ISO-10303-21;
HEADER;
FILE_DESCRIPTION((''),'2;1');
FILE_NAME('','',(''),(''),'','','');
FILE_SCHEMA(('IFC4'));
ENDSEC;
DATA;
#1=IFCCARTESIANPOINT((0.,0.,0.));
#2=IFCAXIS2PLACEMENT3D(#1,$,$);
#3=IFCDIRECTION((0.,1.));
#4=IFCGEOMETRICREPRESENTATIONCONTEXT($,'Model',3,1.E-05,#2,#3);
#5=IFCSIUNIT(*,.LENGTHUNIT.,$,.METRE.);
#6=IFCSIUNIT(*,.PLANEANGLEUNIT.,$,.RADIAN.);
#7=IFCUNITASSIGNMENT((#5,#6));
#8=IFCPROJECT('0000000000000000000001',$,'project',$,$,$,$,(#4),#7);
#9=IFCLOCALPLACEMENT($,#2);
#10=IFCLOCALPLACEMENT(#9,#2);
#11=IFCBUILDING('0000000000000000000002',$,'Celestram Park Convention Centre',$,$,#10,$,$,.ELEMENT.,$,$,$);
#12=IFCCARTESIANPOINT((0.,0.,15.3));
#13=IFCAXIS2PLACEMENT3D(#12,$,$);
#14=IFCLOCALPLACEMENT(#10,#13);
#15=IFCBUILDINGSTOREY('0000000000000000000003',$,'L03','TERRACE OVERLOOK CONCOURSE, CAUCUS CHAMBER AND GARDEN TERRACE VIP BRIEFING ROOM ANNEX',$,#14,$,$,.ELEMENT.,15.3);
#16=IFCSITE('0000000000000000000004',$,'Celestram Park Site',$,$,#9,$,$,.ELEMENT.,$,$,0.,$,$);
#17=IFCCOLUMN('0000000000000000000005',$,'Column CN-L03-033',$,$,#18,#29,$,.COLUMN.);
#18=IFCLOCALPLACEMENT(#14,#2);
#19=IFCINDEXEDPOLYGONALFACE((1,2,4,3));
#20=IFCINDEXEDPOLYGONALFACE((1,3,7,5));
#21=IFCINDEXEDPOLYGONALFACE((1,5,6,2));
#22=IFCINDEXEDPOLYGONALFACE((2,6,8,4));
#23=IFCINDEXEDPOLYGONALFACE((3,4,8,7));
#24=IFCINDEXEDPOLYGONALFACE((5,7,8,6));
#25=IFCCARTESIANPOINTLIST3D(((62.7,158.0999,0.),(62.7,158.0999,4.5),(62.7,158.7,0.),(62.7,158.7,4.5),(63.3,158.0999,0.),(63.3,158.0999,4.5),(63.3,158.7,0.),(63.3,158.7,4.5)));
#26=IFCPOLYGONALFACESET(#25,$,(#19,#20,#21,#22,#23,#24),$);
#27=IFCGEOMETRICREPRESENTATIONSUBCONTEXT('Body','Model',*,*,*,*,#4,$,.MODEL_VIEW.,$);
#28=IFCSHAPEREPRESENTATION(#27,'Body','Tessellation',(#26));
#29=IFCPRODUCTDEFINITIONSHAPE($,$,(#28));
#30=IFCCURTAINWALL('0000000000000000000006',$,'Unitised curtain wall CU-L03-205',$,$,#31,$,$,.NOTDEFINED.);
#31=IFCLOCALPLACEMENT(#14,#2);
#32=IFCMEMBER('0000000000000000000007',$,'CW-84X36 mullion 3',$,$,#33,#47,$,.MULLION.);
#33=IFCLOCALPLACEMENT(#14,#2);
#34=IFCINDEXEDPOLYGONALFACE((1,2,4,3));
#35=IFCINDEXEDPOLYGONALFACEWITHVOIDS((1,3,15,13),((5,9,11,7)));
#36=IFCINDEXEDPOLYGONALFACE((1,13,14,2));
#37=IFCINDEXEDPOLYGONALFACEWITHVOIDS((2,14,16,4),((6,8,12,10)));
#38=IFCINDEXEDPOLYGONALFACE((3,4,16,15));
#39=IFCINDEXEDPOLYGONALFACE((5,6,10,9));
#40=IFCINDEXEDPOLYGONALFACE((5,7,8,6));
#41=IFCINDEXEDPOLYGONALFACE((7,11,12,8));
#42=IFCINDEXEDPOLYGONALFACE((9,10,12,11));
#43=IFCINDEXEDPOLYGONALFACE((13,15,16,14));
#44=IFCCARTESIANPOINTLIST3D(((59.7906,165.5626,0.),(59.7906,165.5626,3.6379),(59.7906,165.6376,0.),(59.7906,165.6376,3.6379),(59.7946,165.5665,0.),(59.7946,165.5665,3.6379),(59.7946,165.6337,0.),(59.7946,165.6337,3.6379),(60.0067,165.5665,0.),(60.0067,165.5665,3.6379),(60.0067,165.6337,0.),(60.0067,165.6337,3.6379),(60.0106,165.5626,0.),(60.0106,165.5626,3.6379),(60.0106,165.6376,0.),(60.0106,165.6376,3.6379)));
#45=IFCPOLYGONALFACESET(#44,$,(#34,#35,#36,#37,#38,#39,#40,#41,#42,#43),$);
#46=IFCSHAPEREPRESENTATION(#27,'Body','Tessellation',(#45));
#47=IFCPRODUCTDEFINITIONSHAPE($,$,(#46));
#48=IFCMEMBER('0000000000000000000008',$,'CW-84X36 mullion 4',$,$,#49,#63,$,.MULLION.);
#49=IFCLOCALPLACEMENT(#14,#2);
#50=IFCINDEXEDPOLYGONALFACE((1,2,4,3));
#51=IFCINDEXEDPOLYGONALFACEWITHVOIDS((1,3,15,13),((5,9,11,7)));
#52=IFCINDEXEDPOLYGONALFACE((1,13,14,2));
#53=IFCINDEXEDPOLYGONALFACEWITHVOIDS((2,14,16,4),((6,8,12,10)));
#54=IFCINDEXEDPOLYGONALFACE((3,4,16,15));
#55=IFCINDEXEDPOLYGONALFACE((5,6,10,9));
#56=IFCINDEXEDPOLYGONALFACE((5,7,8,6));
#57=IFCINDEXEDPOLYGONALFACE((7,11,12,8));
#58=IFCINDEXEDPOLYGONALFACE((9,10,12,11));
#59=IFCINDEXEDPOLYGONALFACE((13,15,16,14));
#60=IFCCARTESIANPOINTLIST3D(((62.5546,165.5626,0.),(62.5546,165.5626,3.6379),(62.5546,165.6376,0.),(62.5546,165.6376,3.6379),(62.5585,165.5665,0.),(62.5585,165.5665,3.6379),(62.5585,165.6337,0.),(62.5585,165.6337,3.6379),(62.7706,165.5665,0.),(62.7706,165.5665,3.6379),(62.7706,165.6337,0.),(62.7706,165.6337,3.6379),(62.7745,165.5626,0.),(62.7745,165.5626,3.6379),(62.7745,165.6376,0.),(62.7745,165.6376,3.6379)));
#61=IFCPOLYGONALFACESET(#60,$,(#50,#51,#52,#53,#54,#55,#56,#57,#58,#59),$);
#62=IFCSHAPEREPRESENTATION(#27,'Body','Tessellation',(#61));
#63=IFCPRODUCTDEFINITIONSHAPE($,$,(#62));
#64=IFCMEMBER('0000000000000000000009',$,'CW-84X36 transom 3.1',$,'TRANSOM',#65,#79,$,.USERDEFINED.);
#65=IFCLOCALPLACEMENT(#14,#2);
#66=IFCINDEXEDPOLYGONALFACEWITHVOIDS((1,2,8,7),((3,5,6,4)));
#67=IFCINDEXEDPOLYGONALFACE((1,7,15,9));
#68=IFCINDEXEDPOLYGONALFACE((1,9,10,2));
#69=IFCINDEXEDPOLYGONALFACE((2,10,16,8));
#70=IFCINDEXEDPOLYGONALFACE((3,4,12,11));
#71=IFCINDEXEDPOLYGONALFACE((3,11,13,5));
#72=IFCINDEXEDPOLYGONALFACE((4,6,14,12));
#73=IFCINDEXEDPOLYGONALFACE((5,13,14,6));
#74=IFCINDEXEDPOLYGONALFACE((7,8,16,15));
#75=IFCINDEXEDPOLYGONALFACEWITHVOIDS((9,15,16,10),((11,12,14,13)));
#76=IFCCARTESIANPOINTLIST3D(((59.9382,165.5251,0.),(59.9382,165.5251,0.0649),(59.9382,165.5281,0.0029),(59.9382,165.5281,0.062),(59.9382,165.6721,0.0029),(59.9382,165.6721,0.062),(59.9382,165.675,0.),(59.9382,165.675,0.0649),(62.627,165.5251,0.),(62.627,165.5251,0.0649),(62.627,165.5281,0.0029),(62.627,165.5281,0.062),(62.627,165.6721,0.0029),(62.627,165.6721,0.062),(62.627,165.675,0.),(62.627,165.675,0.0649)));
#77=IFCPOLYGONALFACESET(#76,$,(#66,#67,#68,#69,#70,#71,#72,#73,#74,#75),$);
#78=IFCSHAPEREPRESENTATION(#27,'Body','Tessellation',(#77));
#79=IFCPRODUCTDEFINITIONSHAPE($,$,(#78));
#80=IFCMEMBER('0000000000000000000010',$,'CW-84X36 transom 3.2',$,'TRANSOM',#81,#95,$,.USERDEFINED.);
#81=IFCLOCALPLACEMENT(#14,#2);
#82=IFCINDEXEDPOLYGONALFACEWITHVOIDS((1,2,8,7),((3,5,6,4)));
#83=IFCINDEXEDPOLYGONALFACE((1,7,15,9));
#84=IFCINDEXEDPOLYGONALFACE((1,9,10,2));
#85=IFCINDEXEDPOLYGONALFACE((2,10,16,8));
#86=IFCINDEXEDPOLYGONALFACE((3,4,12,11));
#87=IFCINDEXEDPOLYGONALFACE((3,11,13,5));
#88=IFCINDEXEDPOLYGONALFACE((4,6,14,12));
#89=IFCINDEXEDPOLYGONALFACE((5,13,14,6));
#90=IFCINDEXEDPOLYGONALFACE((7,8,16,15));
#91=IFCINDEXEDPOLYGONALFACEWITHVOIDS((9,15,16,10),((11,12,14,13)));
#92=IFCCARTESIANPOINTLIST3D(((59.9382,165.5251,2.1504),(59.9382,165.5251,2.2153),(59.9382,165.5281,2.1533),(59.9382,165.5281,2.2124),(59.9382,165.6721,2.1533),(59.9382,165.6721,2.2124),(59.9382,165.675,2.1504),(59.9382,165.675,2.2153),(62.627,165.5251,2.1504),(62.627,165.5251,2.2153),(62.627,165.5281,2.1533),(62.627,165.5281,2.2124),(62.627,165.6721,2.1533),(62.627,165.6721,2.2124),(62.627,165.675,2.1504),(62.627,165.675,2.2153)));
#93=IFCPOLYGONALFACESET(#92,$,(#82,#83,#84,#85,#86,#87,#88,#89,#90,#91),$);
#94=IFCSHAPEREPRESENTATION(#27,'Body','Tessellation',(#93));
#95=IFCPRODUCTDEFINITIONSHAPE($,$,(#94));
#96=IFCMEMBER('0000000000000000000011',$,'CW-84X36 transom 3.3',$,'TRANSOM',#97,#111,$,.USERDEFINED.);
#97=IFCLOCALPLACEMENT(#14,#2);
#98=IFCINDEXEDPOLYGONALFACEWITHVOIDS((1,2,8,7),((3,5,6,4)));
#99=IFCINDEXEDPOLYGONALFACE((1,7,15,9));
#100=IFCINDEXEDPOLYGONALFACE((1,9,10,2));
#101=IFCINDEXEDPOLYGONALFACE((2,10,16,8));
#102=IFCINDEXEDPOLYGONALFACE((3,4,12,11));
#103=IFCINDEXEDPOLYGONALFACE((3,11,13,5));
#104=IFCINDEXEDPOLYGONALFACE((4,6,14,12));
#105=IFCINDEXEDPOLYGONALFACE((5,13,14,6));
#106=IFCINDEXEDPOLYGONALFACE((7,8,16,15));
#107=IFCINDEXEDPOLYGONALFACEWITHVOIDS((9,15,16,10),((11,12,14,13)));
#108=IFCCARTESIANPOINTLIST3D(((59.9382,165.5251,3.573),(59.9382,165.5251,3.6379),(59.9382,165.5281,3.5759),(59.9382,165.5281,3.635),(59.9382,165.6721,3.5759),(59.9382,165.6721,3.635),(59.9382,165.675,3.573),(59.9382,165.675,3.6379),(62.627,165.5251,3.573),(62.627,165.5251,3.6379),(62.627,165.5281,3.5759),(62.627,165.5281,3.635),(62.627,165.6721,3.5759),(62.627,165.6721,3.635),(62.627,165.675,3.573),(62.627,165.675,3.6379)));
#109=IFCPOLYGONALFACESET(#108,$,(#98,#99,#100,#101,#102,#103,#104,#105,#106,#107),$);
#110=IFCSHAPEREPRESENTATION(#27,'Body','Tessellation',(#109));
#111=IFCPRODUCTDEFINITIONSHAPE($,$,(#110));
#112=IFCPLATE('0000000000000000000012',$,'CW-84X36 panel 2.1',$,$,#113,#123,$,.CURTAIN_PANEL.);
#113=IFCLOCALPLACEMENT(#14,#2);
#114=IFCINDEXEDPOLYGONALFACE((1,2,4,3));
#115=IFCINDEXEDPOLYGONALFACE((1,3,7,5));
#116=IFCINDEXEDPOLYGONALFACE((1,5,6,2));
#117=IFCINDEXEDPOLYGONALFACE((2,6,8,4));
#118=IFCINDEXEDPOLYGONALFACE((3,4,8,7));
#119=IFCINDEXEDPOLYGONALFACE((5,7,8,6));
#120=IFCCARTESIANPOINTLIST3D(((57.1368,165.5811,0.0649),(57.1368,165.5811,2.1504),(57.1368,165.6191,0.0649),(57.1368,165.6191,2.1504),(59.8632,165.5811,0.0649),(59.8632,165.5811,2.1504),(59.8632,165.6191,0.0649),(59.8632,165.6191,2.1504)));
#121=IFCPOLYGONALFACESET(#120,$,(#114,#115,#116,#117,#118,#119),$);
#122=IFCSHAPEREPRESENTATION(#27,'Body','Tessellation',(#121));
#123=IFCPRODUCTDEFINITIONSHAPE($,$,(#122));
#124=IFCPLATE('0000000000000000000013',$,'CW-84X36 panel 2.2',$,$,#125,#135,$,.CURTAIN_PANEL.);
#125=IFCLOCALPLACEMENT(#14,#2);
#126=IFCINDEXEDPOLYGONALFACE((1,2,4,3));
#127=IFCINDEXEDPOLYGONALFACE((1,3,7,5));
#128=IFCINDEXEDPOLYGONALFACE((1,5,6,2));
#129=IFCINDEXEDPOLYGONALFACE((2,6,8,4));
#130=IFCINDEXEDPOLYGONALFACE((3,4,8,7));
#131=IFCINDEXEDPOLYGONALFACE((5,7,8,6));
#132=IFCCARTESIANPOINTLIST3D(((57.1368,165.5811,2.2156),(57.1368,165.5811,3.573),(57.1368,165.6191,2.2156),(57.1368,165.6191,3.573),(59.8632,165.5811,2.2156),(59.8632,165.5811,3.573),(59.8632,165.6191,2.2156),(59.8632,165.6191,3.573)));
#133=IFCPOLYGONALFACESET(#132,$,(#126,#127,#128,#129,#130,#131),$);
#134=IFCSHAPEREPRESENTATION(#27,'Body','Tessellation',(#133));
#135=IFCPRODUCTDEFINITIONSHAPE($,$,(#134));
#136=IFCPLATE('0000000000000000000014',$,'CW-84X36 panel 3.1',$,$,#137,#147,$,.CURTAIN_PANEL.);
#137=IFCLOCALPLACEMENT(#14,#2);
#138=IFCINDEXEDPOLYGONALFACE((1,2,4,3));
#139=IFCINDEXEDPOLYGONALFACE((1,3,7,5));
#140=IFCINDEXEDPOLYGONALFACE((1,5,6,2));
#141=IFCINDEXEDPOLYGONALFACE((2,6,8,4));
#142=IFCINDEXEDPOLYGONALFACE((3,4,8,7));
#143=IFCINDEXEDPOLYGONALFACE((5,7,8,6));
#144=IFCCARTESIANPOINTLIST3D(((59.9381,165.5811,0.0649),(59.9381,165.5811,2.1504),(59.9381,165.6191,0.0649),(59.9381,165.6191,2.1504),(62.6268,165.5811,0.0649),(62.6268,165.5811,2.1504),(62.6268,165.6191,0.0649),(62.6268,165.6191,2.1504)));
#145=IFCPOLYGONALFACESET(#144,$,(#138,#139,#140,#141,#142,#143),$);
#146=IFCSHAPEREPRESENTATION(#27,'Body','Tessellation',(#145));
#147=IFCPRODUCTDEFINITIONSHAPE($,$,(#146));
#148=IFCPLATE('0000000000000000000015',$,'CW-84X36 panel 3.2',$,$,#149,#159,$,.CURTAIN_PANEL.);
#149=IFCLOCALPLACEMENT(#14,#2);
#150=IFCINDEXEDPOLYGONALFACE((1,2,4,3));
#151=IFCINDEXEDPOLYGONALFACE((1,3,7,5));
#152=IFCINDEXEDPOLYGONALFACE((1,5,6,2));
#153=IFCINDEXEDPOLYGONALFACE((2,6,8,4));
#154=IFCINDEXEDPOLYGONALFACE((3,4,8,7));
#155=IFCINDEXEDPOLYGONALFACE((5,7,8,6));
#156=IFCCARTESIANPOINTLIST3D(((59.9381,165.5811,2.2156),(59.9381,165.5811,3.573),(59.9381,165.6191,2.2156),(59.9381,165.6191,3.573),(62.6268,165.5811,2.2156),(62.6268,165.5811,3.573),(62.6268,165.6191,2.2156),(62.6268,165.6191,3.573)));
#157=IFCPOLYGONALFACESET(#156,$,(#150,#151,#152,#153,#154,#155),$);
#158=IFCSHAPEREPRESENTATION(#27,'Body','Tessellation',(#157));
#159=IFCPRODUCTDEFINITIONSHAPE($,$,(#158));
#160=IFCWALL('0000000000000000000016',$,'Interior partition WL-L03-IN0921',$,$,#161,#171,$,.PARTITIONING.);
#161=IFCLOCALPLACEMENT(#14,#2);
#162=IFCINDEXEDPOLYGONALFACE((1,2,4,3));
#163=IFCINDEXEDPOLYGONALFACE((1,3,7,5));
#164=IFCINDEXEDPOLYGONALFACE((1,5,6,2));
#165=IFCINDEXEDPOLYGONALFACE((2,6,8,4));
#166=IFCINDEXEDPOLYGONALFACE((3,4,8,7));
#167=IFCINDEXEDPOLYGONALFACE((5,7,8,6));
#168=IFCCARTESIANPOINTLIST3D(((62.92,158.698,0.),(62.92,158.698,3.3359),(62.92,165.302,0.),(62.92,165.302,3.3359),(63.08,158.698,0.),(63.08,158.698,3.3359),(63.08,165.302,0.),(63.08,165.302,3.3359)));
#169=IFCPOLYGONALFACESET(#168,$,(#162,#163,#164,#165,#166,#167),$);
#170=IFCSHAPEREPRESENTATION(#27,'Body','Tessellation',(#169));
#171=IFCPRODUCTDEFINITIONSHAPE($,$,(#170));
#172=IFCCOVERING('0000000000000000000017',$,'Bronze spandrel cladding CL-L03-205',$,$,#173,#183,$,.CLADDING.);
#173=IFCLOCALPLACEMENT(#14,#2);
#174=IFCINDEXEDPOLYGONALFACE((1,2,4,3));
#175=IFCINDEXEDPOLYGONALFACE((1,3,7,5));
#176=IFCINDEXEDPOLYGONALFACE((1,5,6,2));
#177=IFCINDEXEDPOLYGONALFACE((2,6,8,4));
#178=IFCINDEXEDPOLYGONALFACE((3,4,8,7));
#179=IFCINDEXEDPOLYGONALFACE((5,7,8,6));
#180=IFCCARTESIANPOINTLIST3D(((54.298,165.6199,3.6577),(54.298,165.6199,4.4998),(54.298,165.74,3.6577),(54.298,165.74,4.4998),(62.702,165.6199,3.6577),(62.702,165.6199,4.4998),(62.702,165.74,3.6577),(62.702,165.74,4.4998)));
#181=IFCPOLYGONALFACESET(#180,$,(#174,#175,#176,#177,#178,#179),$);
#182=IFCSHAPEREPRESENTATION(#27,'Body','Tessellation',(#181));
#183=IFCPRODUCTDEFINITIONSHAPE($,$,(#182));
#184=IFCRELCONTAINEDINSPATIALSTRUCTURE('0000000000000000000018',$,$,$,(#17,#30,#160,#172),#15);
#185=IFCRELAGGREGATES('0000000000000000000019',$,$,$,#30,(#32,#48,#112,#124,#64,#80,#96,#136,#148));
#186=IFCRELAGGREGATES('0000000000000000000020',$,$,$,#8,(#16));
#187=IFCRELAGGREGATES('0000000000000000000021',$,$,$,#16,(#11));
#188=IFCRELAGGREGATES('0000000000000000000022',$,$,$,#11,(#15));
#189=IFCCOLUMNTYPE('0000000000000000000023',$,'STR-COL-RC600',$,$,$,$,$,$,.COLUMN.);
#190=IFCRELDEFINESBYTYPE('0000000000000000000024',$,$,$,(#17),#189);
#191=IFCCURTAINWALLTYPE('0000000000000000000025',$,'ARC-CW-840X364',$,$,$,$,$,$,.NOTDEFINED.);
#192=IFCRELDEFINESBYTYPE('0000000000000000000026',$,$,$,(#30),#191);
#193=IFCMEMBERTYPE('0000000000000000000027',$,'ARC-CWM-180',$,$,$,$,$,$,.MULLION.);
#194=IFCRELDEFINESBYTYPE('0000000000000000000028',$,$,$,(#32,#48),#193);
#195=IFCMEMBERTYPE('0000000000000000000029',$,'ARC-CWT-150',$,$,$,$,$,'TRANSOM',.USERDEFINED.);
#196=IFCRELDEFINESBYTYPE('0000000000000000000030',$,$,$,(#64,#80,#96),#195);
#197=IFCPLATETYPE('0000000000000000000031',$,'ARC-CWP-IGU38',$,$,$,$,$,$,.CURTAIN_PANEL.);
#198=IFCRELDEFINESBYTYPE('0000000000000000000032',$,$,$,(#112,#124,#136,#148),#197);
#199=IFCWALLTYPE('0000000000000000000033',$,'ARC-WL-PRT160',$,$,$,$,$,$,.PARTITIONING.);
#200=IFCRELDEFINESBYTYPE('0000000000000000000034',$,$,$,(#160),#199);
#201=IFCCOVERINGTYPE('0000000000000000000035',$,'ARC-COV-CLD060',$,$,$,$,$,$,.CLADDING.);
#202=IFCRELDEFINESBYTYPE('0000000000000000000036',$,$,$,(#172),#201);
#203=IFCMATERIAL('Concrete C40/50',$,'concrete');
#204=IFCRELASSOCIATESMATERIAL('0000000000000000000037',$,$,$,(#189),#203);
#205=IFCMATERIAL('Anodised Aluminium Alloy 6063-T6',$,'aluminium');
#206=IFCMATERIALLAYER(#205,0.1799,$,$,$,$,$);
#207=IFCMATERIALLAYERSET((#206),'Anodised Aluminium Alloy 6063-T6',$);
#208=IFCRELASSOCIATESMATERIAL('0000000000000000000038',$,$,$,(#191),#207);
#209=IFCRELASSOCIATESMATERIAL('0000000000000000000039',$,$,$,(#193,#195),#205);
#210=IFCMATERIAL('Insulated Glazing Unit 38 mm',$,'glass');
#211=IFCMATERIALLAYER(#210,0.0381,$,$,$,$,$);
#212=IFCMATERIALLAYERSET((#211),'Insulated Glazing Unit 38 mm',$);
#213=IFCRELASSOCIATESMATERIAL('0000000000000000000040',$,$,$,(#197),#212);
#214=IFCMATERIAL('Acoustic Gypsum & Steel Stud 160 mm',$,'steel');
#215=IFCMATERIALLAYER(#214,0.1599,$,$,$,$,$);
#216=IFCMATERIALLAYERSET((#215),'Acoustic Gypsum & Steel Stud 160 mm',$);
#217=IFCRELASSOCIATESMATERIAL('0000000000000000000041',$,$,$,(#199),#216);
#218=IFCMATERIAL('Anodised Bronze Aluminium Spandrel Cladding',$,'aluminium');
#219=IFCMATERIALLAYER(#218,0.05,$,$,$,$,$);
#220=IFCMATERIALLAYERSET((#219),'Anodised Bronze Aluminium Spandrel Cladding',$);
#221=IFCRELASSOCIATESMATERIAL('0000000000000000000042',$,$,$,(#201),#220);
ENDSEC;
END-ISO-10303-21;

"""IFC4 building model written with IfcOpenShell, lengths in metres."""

from ifc_helpers import new_model, si_unit, direction, frame, frame_2d, origin, origin_2d, place, context, subcontext, project, spatial, rectangle, hollow_rectangle, extrude, material, layer, layer_set, material_profile, profile_set, type_object, element, aggregate, save


model = new_model("IFC4")

# Units and contexts
model_context = context("Model", 3, precision=1e-05, world=origin(), true_north=direction((0.0, 1.0)))
body_context = subcontext(model_context, "Body", "Model", "MODEL_VIEW")
ifc_project = project(units=[si_unit("LENGTHUNIT", "METRE"), si_unit("PLANEANGLEUNIT", "RADIAN")], contexts=[model_context])

# Site, building, storey
site_placement = place(None, origin())
site = spatial("IfcSite", under=ifc_project, at=site_placement, Name="Celestram Park Site", CompositionType="ELEMENT", RefElevation=0.0)
building_placement = place(site_placement, origin())
building = spatial("IfcBuilding", under=site, at=building_placement, Name="Celestram Park Convention Centre", CompositionType="ELEMENT")
storey_placement = place(building_placement, frame((0.0, 0.0, 15.3)))
storey = spatial("IfcBuildingStorey", under=building, at=storey_placement, Name="L03", Description="TERRACE OVERLOOK CONCOURSE, CAUCUS CHAMBER AND GARDEN TERRACE VIP BRIEFING ROOM ANNEX", CompositionType="ELEMENT", Elevation=15.3)

# Column
ifc_material_1 = material(Name="Concrete C40/50", Category="concrete")
ifc_material_profile_1 = material_profile(ifc_material_1, rectangle(XDim=0.6001, YDim=0.6001, at=origin_2d()), Name="RC600X600")
ifc_profile_set_1 = profile_set([ifc_material_profile_1], Name="Concrete C40/50")
column_type = type_object("IfcColumnType", Name="STR-COL-RC600", PredefinedType="COLUMN", material=ifc_profile_set_1)
column_placement = place(storey_placement, frame((63.0, 158.3999, 0.0), z_axis=(0.0, 0.0, 1.0), x_axis=(1.0, 0.0, 0.0)))
element("IfcColumn", 1, at=column_placement, inside=storey, type_object=column_type, Name="Column CN-L03-033", PredefinedType="COLUMN", context=body_context, shape_type="SweptSolid", body=[
    extrude(rectangle(XDim=0.6001, YDim=0.6001, at=origin_2d()), origin(), (0.0, 0.0, 1.0), 4.5),
])

# Curtain wall, members, plates
ifc_material_2 = material(Name="Anodised Aluminium Alloy 6063-T6", Category="aluminium")
ifc_layer_1 = layer(ifc_material_2, 0.1799)
ifc_layer_set_1 = layer_set([ifc_layer_1], Name="Anodised Aluminium Alloy 6063-T6")
curtain_wall_type = type_object("IfcCurtainWallType", Name="ARC-CW-840X364", PredefinedType="NOTDEFINED", material=ifc_layer_set_1)
curtain_wall_placement = place(storey_placement, origin())
curtain_wall = element("IfcCurtainWall", 2, at=curtain_wall_placement, inside=storey, type_object=curtain_wall_type, Name="Unitised curtain wall CU-L03-205", PredefinedType="NOTDEFINED")
ifc_material_profile_2 = material_profile(ifc_material_2, hollow_rectangle(XDim=0.075, YDim=0.22, WallThickness=0.0039, at=origin_2d()), Name="ALU75X220X4")
ifc_profile_set_2 = profile_set([ifc_material_profile_2], Name="Anodised Aluminium Alloy 6063-T6")
member_type_1 = type_object("IfcMemberType", Name="ARC-CWM-180", PredefinedType="MULLION", material=ifc_profile_set_2)
member_1_placement = place(storey_placement, frame((59.9006, 165.6001, 0.0), z_axis=(0.0, 0.0, 1.0), x_axis=(0.0, 1.0, 0.0)))
member_1 = element("IfcMember", 3, at=member_1_placement, type_object=member_type_1, Name="CW-84X36 mullion 3", PredefinedType="MULLION", context=body_context, shape_type="SweptSolid", body=[
    extrude(hollow_rectangle(XDim=0.075, YDim=0.22, WallThickness=0.0039, at=origin_2d()), origin(), (0.0, 0.0, 1.0), 3.6379),
])
member_2_placement = place(storey_placement, frame((62.6646, 165.6001, 0.0), z_axis=(0.0, 0.0, 1.0), x_axis=(0.0, 1.0, 0.0)))
member_2 = element("IfcMember", 4, at=member_2_placement, type_object=member_type_1, Name="CW-84X36 mullion 4", PredefinedType="MULLION", context=body_context, shape_type="SweptSolid", body=[
    extrude(hollow_rectangle(XDim=0.075, YDim=0.22, WallThickness=0.0039, at=origin_2d()), origin(), (0.0, 0.0, 1.0), 3.6379),
])
ifc_material_profile_3 = material_profile(ifc_material_2, hollow_rectangle(XDim=0.1499, YDim=0.0649, WallThickness=0.0029, at=origin_2d()), Name="ALU150X65X3")
ifc_profile_set_3 = profile_set([ifc_material_profile_3], Name="Anodised Aluminium Alloy 6063-T6")
member_type_2 = type_object("IfcMemberType", Name="ARC-CWT-150", ElementType="TRANSOM", PredefinedType="USERDEFINED", material=ifc_profile_set_3)
member_3_placement = place(storey_placement, frame((59.9382, 165.6001, 0.0325), z_axis=(1.0, 0.0, 0.0), x_axis=(0.0, 1.0, 0.0)))
member_3 = element("IfcMember", 5, at=member_3_placement, type_object=member_type_2, Name="CW-84X36 transom 3.1", ObjectType="TRANSOM", PredefinedType="USERDEFINED", context=body_context, shape_type="SweptSolid", body=[
    extrude(hollow_rectangle(XDim=0.1499, YDim=0.0649, WallThickness=0.0029, at=origin_2d()), origin(), (0.0, 0.0, 1.0), 2.6887),
])
member_4_placement = place(storey_placement, frame((59.9382, 165.6001, 2.1829), z_axis=(1.0, 0.0, 0.0), x_axis=(0.0, 1.0, 0.0)))
member_4 = element("IfcMember", 6, at=member_4_placement, type_object=member_type_2, Name="CW-84X36 transom 3.2", ObjectType="TRANSOM", PredefinedType="USERDEFINED", context=body_context, shape_type="SweptSolid", body=[
    extrude(hollow_rectangle(XDim=0.1499, YDim=0.0649, WallThickness=0.0029, at=origin_2d()), origin(), (0.0, 0.0, 1.0), 2.6887),
])
member_5_placement = place(storey_placement, frame((59.9382, 165.6001, 3.6055), z_axis=(1.0, 0.0, 0.0), x_axis=(0.0, 1.0, 0.0)))
member_5 = element("IfcMember", 7, at=member_5_placement, type_object=member_type_2, Name="CW-84X36 transom 3.3", ObjectType="TRANSOM", PredefinedType="USERDEFINED", context=body_context, shape_type="SweptSolid", body=[
    extrude(hollow_rectangle(XDim=0.1499, YDim=0.0649, WallThickness=0.0029, at=origin_2d()), origin(), (0.0, 0.0, 1.0), 2.6887),
])
ifc_material_3 = material(Name="Insulated Glazing Unit 38 mm", Category="glass")
ifc_layer_2 = layer(ifc_material_3, 0.0381)
ifc_layer_set_2 = layer_set([ifc_layer_2], Name="Insulated Glazing Unit 38 mm")
plate_type = type_object("IfcPlateType", Name="ARC-CWP-IGU38", PredefinedType="CURTAIN_PANEL", material=ifc_layer_set_2)
plate_1_placement = place(storey_placement, frame((58.5, 165.6001, 0.0649), z_axis=(0.0, 0.0, 1.0), x_axis=(1.0, 0.0, 0.0)))
plate_1 = element("IfcPlate", 8, at=plate_1_placement, type_object=plate_type, Name="CW-84X36 panel 2.1", PredefinedType="CURTAIN_PANEL", context=body_context, shape_type="SweptSolid", body=[
    extrude(rectangle(XDim=2.7263, YDim=0.0381, at=origin_2d()), origin(), (0.0, 0.0, 1.0), 2.0854),
])
plate_2_placement = place(storey_placement, frame((58.5, 165.6001, 2.2156), z_axis=(0.0, 0.0, 1.0), x_axis=(1.0, 0.0, 0.0)))
plate_2 = element("IfcPlate", 9, at=plate_2_placement, type_object=plate_type, Name="CW-84X36 panel 2.2", PredefinedType="CURTAIN_PANEL", context=body_context, shape_type="SweptSolid", body=[
    extrude(rectangle(XDim=2.7263, YDim=0.0381, at=origin_2d()), origin(), (0.0, 0.0, 1.0), 1.3574),
])
plate_3_placement = place(storey_placement, frame((61.2825, 165.6001, 0.0649), z_axis=(0.0, 0.0, 1.0), x_axis=(1.0, 0.0, 0.0)))
plate_3 = element("IfcPlate", 10, at=plate_3_placement, type_object=plate_type, Name="CW-84X36 panel 3.1", PredefinedType="CURTAIN_PANEL", context=body_context, shape_type="SweptSolid", body=[
    extrude(rectangle(XDim=2.6887, YDim=0.0381, at=origin_2d()), origin(), (0.0, 0.0, 1.0), 2.0854),
])
plate_4_placement = place(storey_placement, frame((61.2825, 165.6001, 2.2156), z_axis=(0.0, 0.0, 1.0), x_axis=(1.0, 0.0, 0.0)))
plate_4 = element("IfcPlate", 11, at=plate_4_placement, type_object=plate_type, Name="CW-84X36 panel 3.2", PredefinedType="CURTAIN_PANEL", context=body_context, shape_type="SweptSolid", body=[
    extrude(rectangle(XDim=2.6887, YDim=0.0381, at=origin_2d()), origin(), (0.0, 0.0, 1.0), 1.3574),
])
aggregate(curtain_wall, [member_1, member_2, plate_1, plate_2, member_3, member_4, member_5, plate_3, plate_4])

# Wall
ifc_material_4 = material(Name="Acoustic Gypsum & Steel Stud 160 mm", Category="steel")
ifc_layer_3 = layer(ifc_material_4, 0.1599)
ifc_layer_set_3 = layer_set([ifc_layer_3], Name="Acoustic Gypsum & Steel Stud 160 mm")
wall_type = type_object("IfcWallType", Name="ARC-WL-PRT160", PredefinedType="PARTITIONING", material=ifc_layer_set_3)
wall_placement = place(storey_placement, frame((63.0, 158.698, 0.0), z_axis=(0.0, 0.0, 1.0), x_axis=(0.0, 1.0, 0.0)))
element("IfcWall", 12, at=wall_placement, inside=storey, type_object=wall_type, Name="Interior partition WL-L03-IN0921", PredefinedType="PARTITIONING", context=body_context, shape_type="SweptSolid", body=[
    extrude(rectangle(XDim=6.604, YDim=0.1599, at=frame_2d((3.302, 0.0))), origin(), (0.0, 0.0, 1.0), 3.3359),
])

# Covering
ifc_material_5 = material(Name="Anodised Bronze Aluminium Spandrel Cladding", Category="aluminium")
ifc_layer_4 = layer(ifc_material_5, 0.05)
ifc_layer_set_4 = layer_set([ifc_layer_4], Name="Anodised Bronze Aluminium Spandrel Cladding")
covering_type_1 = type_object("IfcCoveringType", Name="ARC-COV-CLD060", PredefinedType="CLADDING", material=ifc_layer_set_4)
covering_1_placement = place(storey_placement, frame((58.5, 165.6799, 3.6577), z_axis=(0.0, 0.0, 1.0), x_axis=(1.0, 0.0, 0.0)))
element("IfcCovering", 13, at=covering_1_placement, inside=storey, type_object=covering_type_1, Name="Bronze spandrel cladding CL-L03-205", PredefinedType="CLADDING", context=body_context, shape_type="SweptSolid", body=[
    extrude(rectangle(XDim=8.4041, YDim=0.1201, at=origin_2d()), origin(), (0.0, 0.0, 1.0), 0.842),
])

save(model, "model.ifc")
